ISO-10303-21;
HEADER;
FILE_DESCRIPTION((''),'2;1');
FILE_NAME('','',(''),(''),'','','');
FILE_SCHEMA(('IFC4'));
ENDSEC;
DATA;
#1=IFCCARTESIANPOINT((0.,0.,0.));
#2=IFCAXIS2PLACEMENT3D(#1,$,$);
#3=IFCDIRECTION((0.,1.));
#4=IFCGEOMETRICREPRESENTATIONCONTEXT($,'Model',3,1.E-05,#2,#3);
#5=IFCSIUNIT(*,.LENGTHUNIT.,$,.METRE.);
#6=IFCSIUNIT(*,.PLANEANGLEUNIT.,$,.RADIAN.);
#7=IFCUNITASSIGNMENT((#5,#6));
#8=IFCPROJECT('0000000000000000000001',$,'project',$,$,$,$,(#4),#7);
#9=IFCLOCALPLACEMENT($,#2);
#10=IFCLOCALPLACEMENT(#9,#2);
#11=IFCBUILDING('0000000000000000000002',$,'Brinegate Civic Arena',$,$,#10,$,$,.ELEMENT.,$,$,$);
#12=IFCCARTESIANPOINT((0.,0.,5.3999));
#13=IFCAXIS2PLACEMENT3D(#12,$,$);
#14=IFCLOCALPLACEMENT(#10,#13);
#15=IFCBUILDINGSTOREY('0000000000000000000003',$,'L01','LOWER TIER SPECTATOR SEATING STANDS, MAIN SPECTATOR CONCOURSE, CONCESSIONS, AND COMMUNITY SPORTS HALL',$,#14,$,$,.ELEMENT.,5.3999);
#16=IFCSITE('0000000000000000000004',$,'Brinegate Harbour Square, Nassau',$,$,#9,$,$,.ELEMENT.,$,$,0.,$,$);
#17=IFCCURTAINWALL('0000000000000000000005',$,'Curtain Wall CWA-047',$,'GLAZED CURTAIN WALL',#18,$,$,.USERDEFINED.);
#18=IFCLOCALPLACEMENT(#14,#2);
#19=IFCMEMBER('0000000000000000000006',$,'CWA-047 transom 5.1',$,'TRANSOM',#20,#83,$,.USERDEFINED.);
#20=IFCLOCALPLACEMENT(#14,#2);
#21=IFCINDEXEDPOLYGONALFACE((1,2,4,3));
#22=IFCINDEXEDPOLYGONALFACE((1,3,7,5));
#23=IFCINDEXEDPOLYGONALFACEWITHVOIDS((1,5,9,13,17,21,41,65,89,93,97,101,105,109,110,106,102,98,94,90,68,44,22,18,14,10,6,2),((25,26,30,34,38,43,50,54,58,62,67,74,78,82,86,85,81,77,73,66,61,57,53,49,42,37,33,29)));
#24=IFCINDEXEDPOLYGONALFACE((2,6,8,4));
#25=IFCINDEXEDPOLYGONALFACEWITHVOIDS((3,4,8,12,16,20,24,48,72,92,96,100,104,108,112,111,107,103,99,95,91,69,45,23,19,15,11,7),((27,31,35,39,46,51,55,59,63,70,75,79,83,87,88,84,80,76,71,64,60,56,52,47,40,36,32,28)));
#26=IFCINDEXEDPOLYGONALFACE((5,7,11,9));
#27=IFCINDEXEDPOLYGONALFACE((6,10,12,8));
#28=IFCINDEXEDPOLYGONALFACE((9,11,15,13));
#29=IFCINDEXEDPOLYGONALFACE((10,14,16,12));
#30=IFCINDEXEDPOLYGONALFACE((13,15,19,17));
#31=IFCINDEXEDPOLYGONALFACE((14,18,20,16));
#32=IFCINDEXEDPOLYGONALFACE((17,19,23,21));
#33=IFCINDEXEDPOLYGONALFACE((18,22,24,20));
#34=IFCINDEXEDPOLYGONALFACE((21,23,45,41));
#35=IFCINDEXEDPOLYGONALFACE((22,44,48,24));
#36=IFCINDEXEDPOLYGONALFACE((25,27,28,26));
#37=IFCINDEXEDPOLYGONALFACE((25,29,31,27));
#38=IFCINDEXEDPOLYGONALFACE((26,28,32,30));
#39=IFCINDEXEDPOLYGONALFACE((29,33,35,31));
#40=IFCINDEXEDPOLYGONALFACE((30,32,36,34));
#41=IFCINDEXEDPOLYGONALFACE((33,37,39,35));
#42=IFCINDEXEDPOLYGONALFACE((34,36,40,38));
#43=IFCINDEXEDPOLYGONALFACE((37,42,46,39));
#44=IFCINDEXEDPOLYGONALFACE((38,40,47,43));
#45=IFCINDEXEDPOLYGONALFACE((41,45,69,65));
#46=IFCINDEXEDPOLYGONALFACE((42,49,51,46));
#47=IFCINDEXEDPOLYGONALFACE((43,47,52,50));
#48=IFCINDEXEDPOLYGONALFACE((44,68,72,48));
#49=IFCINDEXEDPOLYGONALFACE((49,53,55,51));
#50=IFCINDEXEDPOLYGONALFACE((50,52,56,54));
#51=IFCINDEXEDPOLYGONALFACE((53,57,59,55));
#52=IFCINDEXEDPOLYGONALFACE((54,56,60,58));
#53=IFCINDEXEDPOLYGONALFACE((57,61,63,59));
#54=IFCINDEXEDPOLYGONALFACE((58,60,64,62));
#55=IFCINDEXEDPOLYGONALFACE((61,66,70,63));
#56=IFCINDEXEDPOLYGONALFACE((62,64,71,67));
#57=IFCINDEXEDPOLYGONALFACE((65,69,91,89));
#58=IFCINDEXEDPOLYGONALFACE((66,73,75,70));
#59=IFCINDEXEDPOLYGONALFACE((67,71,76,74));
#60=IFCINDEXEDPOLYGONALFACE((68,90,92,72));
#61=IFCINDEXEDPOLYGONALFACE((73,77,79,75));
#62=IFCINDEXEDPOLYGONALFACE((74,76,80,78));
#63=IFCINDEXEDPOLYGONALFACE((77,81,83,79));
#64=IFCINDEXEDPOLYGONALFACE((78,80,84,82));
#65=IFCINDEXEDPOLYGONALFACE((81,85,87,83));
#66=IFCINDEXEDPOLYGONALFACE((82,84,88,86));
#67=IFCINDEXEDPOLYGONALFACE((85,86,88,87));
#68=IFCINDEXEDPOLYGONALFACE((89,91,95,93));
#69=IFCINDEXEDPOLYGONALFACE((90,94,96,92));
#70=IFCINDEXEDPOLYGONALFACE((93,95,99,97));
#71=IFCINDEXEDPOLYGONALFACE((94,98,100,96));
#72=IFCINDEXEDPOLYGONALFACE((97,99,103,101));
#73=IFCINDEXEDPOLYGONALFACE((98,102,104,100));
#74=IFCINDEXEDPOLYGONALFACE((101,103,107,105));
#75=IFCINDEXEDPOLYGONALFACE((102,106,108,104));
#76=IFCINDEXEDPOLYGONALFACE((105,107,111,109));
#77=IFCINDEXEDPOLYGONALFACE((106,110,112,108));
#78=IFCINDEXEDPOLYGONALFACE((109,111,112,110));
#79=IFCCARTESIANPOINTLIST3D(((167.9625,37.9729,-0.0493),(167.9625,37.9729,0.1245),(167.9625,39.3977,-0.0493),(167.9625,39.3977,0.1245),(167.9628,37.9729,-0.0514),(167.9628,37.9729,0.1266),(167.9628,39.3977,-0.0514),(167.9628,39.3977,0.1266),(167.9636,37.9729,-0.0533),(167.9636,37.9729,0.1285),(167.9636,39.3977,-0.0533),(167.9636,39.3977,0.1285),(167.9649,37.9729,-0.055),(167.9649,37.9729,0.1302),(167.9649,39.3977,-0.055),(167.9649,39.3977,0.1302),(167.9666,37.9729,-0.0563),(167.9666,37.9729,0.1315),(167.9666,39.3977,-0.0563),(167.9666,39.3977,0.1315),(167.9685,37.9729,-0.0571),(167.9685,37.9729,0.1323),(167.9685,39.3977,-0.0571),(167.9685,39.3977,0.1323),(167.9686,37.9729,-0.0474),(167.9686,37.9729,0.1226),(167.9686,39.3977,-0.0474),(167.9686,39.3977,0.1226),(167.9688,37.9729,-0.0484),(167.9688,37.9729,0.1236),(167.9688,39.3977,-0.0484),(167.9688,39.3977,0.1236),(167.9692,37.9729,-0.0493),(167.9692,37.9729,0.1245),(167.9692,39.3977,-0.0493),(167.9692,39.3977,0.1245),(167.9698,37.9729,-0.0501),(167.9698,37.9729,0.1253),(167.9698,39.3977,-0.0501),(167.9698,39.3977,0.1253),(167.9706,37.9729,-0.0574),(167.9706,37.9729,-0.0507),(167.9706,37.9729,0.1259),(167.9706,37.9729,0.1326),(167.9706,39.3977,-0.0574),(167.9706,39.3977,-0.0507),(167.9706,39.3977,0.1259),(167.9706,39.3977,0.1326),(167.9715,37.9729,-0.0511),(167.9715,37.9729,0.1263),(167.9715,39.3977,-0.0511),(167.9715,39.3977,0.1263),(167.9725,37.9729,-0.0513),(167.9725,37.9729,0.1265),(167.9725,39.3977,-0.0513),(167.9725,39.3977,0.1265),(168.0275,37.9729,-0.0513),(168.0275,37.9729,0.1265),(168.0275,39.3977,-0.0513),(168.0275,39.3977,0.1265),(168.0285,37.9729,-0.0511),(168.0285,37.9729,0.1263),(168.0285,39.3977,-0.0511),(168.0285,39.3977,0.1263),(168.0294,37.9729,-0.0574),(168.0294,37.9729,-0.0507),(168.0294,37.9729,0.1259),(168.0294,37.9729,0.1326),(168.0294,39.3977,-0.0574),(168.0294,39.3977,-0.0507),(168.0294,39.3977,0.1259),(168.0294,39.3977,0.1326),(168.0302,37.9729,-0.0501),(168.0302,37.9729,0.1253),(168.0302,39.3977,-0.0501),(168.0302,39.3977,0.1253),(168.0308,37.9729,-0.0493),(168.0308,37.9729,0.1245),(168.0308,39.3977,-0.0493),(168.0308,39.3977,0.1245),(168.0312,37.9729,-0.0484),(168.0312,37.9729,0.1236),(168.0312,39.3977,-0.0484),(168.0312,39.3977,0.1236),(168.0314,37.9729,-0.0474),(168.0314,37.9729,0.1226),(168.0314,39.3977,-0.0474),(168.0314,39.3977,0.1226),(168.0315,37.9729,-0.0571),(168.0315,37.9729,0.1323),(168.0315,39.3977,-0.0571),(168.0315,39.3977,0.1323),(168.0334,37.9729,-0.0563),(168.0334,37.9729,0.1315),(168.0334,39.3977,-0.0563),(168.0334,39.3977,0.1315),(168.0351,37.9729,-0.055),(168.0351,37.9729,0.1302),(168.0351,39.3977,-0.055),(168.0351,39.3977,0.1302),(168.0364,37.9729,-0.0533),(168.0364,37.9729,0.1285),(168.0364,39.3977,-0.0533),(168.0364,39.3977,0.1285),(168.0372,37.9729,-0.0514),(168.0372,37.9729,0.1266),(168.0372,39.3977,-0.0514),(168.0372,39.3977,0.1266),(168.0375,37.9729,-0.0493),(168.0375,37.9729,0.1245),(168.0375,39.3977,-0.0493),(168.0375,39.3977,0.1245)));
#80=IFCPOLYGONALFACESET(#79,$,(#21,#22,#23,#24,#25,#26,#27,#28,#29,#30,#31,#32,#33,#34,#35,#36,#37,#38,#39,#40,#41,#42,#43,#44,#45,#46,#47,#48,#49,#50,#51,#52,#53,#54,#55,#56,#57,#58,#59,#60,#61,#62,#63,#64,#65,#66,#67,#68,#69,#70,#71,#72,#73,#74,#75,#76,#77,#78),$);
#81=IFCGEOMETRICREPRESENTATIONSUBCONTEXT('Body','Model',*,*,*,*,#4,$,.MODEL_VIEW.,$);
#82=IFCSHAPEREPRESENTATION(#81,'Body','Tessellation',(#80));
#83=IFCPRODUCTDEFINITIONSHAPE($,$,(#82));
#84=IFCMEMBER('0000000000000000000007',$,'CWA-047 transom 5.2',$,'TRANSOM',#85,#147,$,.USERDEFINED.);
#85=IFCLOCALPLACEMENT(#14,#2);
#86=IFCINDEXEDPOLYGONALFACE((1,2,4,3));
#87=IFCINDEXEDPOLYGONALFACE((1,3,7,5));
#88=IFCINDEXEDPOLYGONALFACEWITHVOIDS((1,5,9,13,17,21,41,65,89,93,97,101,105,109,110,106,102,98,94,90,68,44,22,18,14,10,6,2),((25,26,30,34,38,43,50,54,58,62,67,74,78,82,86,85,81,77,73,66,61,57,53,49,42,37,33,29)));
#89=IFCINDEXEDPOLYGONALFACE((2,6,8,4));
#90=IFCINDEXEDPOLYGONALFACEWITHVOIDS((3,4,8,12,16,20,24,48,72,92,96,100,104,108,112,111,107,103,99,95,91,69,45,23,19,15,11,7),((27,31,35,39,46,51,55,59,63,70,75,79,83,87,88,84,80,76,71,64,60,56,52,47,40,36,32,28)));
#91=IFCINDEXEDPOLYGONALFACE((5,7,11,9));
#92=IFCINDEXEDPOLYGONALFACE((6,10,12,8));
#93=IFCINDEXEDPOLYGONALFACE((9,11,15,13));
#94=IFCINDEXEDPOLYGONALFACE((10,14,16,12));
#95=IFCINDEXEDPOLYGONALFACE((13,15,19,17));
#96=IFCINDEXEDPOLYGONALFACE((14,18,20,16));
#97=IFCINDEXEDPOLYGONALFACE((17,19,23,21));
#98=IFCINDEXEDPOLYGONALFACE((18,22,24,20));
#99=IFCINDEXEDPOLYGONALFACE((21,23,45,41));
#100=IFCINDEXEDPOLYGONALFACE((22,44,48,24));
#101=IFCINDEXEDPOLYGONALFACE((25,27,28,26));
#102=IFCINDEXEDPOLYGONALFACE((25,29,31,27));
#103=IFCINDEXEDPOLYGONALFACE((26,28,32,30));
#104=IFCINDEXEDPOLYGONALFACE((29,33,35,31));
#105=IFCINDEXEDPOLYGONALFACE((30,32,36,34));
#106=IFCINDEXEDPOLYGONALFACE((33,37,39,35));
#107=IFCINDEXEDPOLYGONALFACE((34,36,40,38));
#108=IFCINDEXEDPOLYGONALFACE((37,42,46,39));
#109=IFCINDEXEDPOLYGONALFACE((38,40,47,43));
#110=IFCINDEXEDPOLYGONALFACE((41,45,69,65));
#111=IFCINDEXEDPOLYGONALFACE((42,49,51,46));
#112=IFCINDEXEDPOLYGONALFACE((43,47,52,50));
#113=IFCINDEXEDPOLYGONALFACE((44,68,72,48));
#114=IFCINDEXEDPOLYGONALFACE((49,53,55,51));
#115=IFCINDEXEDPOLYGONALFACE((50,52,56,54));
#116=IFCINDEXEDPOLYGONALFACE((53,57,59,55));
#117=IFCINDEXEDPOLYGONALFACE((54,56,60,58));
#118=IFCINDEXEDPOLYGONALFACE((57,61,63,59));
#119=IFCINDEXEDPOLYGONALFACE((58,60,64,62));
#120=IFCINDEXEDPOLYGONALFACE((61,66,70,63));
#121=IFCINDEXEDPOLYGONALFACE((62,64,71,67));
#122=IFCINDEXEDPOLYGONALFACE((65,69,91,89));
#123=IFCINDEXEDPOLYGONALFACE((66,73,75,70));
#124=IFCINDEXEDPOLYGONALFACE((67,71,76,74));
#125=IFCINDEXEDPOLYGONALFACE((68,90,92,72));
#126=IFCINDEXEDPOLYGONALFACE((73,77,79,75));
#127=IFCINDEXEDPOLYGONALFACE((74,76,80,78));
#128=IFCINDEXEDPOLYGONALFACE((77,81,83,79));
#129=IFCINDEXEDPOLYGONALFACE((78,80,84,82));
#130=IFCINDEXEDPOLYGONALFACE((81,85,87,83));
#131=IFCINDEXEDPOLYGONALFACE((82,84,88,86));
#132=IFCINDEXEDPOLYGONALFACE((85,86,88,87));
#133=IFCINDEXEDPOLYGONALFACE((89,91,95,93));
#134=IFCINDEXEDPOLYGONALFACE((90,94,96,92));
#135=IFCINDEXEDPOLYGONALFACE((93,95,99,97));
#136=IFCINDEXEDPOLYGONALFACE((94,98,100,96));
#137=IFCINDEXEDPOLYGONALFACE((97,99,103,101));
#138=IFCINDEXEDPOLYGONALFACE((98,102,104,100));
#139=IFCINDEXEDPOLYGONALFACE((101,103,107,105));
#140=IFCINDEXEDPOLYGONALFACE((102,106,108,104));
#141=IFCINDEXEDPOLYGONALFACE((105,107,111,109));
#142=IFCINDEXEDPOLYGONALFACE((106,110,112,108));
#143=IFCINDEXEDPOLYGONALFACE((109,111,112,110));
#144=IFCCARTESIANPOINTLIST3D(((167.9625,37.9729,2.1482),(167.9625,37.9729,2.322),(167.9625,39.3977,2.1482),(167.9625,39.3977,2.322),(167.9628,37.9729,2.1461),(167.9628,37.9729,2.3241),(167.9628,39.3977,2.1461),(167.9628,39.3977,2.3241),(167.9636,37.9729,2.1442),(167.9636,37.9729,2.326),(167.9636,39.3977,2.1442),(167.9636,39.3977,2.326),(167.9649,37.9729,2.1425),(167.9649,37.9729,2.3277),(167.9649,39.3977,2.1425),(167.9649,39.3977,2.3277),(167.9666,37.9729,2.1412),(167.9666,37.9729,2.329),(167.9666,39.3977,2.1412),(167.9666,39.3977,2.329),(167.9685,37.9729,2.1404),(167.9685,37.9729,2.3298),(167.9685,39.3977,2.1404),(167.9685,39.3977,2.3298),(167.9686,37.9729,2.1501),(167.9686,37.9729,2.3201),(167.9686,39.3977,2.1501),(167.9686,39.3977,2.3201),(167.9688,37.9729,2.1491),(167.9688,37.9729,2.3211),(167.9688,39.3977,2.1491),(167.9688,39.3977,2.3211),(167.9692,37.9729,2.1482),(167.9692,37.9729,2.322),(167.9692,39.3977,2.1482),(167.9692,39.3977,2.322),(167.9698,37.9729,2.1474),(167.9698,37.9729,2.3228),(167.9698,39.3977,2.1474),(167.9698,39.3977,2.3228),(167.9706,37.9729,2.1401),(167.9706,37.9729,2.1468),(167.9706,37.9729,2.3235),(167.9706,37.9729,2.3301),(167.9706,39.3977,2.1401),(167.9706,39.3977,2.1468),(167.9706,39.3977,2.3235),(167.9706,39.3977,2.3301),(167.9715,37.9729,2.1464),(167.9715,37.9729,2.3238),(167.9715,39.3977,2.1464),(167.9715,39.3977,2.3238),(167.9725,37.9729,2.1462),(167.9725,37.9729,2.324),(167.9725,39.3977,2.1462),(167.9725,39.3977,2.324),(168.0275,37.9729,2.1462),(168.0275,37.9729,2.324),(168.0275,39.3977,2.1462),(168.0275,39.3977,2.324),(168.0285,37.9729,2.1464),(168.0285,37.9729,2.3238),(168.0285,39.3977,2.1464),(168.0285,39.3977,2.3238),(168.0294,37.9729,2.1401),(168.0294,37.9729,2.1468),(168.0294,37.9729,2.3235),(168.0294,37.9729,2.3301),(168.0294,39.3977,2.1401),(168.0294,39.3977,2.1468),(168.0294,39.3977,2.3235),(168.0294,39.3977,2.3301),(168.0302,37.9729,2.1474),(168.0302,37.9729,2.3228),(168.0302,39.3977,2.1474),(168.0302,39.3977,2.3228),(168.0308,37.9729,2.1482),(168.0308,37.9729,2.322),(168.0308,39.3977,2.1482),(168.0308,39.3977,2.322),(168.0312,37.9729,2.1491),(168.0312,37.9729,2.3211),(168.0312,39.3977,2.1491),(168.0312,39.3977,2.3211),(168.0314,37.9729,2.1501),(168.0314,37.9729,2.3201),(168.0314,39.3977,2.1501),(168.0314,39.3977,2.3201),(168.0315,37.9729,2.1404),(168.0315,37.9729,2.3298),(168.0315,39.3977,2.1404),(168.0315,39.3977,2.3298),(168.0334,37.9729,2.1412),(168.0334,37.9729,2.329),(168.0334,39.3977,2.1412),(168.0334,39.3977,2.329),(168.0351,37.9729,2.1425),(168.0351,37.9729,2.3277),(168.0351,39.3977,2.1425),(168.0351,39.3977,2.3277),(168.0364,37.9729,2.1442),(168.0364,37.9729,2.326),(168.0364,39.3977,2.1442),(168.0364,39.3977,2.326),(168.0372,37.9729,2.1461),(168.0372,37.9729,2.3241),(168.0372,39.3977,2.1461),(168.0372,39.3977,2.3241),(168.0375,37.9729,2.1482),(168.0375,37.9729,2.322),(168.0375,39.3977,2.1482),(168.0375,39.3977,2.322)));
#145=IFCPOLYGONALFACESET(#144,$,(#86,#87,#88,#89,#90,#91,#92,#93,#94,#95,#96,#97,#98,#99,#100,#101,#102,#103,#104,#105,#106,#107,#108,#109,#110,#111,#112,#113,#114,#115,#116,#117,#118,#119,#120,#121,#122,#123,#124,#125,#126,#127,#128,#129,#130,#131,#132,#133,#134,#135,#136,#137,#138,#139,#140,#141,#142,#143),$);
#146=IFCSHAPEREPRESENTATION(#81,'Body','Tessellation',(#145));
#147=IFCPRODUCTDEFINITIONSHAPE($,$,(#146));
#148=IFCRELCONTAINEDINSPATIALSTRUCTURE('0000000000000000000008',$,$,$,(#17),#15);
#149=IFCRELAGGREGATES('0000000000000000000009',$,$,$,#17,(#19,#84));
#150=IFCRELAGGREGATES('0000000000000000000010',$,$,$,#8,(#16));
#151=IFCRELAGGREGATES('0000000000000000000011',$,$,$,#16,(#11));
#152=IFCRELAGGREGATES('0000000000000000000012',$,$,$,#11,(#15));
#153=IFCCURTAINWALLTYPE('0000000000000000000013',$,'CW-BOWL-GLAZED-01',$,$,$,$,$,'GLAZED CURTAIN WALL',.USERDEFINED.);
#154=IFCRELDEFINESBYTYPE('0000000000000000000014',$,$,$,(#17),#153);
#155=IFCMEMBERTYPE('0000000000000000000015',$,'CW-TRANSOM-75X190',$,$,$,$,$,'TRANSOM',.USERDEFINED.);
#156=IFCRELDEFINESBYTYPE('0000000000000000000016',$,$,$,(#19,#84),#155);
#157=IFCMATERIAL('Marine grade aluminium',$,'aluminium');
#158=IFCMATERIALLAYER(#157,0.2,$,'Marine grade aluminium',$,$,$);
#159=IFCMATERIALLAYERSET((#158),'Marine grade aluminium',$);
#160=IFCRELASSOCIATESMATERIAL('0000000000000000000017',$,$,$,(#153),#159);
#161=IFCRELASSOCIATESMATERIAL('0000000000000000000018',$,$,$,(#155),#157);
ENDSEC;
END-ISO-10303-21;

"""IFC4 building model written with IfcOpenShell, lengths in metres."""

from ifc_helpers import new_model, si_unit, direction, frame, origin, origin_2d, place, context, subcontext, project, spatial, hollow_rectangle, extrude, material, layer, layer_set, material_profile, profile_set, type_object, element, aggregate, save


model = new_model("IFC4")

# Units and contexts
model_context = context("Model", 3, precision=1e-05, world=origin(), true_north=direction((0.0, 1.0)))
body_context = subcontext(model_context, "Body", "Model", "MODEL_VIEW")
ifc_project = project(units=[si_unit("LENGTHUNIT", "METRE"), si_unit("PLANEANGLEUNIT", "RADIAN")], contexts=[model_context])

# Site, building, storey
site_placement = place(None, origin())
site = spatial("IfcSite", under=ifc_project, at=site_placement, Name="Brinegate Harbour Square, Nassau", CompositionType="ELEMENT", RefElevation=0.0)
building_placement = place(site_placement, origin())
building = spatial("IfcBuilding", under=site, at=building_placement, Name="Brinegate Civic Arena", CompositionType="ELEMENT")
storey_placement = place(building_placement, frame((0.0, 0.0, 5.3999)))
storey = spatial("IfcBuildingStorey", under=building, at=storey_placement, Name="L01", Description="LOWER TIER SPECTATOR SEATING STANDS, MAIN SPECTATOR CONCOURSE, CONCESSIONS, AND COMMUNITY SPORTS HALL", CompositionType="ELEMENT", Elevation=5.3999)

# Curtain wall, members
ifc_material_1 = material(Name="Marine grade aluminium", Category="aluminium")
ifc_layer_1 = layer(ifc_material_1, 0.2, Name="Marine grade aluminium")
ifc_layer_set_1 = layer_set([ifc_layer_1], Name="Marine grade aluminium")
curtain_wall_type = type_object("IfcCurtainWallType", Name="CW-BOWL-GLAZED-01", ElementType="GLAZED CURTAIN WALL", PredefinedType="USERDEFINED", material=ifc_layer_set_1)
curtain_wall_placement = place(storey_placement, origin())
curtain_wall = element("IfcCurtainWall", 1, at=curtain_wall_placement, inside=storey, type_object=curtain_wall_type, Name="Curtain Wall CWA-047", ObjectType="GLAZED CURTAIN WALL", PredefinedType="USERDEFINED")
ifc_material_profile_1 = material_profile(ifc_material_1, hollow_rectangle(XDim=0.075, YDim=0.1899, WallThickness=0.0061, InnerFilletRadius=0.0039, OuterFilletRadius=0.0081, at=origin_2d()), Name="TRN75X190")
ifc_profile_set_1 = profile_set([ifc_material_profile_1], Name="Marine grade aluminium")
member_type_1 = type_object("IfcMemberType", Name="CW-TRANSOM-75X190", ElementType="TRANSOM", PredefinedType="USERDEFINED", material=ifc_profile_set_1)
member_1_placement = place(storey_placement, frame((168.0, 37.9729, 0.0376), z_axis=(0.0, 1.0, 0.0), x_axis=(-1.0, 0.0, 0.0)))
member_1 = element("IfcMember", 2, at=member_1_placement, type_object=member_type_1, Name="CWA-047 transom 5.1", ObjectType="TRANSOM", PredefinedType="USERDEFINED", context=body_context, shape_type="SweptSolid", body=[
    extrude(hollow_rectangle(XDim=0.075, YDim=0.1899, WallThickness=0.0061, InnerFilletRadius=0.0039, OuterFilletRadius=0.0081, at=origin_2d()), origin(), (0.0, 0.0, 1.0), 1.4248),
])
member_2_placement = place(storey_placement, frame((168.0, 37.9729, 2.2351), z_axis=(0.0, 1.0, 0.0), x_axis=(-1.0, 0.0, 0.0)))
member_2 = element("IfcMember", 3, at=member_2_placement, type_object=member_type_1, Name="CWA-047 transom 5.2", ObjectType="TRANSOM", PredefinedType="USERDEFINED", context=body_context, shape_type="SweptSolid", body=[
    extrude(hollow_rectangle(XDim=0.075, YDim=0.1899, WallThickness=0.0061, InnerFilletRadius=0.0039, OuterFilletRadius=0.0081, at=origin_2d()), origin(), (0.0, 0.0, 1.0), 1.4248),
])
aggregate(curtain_wall, [member_1, member_2])

save(model, "model.ifc")
